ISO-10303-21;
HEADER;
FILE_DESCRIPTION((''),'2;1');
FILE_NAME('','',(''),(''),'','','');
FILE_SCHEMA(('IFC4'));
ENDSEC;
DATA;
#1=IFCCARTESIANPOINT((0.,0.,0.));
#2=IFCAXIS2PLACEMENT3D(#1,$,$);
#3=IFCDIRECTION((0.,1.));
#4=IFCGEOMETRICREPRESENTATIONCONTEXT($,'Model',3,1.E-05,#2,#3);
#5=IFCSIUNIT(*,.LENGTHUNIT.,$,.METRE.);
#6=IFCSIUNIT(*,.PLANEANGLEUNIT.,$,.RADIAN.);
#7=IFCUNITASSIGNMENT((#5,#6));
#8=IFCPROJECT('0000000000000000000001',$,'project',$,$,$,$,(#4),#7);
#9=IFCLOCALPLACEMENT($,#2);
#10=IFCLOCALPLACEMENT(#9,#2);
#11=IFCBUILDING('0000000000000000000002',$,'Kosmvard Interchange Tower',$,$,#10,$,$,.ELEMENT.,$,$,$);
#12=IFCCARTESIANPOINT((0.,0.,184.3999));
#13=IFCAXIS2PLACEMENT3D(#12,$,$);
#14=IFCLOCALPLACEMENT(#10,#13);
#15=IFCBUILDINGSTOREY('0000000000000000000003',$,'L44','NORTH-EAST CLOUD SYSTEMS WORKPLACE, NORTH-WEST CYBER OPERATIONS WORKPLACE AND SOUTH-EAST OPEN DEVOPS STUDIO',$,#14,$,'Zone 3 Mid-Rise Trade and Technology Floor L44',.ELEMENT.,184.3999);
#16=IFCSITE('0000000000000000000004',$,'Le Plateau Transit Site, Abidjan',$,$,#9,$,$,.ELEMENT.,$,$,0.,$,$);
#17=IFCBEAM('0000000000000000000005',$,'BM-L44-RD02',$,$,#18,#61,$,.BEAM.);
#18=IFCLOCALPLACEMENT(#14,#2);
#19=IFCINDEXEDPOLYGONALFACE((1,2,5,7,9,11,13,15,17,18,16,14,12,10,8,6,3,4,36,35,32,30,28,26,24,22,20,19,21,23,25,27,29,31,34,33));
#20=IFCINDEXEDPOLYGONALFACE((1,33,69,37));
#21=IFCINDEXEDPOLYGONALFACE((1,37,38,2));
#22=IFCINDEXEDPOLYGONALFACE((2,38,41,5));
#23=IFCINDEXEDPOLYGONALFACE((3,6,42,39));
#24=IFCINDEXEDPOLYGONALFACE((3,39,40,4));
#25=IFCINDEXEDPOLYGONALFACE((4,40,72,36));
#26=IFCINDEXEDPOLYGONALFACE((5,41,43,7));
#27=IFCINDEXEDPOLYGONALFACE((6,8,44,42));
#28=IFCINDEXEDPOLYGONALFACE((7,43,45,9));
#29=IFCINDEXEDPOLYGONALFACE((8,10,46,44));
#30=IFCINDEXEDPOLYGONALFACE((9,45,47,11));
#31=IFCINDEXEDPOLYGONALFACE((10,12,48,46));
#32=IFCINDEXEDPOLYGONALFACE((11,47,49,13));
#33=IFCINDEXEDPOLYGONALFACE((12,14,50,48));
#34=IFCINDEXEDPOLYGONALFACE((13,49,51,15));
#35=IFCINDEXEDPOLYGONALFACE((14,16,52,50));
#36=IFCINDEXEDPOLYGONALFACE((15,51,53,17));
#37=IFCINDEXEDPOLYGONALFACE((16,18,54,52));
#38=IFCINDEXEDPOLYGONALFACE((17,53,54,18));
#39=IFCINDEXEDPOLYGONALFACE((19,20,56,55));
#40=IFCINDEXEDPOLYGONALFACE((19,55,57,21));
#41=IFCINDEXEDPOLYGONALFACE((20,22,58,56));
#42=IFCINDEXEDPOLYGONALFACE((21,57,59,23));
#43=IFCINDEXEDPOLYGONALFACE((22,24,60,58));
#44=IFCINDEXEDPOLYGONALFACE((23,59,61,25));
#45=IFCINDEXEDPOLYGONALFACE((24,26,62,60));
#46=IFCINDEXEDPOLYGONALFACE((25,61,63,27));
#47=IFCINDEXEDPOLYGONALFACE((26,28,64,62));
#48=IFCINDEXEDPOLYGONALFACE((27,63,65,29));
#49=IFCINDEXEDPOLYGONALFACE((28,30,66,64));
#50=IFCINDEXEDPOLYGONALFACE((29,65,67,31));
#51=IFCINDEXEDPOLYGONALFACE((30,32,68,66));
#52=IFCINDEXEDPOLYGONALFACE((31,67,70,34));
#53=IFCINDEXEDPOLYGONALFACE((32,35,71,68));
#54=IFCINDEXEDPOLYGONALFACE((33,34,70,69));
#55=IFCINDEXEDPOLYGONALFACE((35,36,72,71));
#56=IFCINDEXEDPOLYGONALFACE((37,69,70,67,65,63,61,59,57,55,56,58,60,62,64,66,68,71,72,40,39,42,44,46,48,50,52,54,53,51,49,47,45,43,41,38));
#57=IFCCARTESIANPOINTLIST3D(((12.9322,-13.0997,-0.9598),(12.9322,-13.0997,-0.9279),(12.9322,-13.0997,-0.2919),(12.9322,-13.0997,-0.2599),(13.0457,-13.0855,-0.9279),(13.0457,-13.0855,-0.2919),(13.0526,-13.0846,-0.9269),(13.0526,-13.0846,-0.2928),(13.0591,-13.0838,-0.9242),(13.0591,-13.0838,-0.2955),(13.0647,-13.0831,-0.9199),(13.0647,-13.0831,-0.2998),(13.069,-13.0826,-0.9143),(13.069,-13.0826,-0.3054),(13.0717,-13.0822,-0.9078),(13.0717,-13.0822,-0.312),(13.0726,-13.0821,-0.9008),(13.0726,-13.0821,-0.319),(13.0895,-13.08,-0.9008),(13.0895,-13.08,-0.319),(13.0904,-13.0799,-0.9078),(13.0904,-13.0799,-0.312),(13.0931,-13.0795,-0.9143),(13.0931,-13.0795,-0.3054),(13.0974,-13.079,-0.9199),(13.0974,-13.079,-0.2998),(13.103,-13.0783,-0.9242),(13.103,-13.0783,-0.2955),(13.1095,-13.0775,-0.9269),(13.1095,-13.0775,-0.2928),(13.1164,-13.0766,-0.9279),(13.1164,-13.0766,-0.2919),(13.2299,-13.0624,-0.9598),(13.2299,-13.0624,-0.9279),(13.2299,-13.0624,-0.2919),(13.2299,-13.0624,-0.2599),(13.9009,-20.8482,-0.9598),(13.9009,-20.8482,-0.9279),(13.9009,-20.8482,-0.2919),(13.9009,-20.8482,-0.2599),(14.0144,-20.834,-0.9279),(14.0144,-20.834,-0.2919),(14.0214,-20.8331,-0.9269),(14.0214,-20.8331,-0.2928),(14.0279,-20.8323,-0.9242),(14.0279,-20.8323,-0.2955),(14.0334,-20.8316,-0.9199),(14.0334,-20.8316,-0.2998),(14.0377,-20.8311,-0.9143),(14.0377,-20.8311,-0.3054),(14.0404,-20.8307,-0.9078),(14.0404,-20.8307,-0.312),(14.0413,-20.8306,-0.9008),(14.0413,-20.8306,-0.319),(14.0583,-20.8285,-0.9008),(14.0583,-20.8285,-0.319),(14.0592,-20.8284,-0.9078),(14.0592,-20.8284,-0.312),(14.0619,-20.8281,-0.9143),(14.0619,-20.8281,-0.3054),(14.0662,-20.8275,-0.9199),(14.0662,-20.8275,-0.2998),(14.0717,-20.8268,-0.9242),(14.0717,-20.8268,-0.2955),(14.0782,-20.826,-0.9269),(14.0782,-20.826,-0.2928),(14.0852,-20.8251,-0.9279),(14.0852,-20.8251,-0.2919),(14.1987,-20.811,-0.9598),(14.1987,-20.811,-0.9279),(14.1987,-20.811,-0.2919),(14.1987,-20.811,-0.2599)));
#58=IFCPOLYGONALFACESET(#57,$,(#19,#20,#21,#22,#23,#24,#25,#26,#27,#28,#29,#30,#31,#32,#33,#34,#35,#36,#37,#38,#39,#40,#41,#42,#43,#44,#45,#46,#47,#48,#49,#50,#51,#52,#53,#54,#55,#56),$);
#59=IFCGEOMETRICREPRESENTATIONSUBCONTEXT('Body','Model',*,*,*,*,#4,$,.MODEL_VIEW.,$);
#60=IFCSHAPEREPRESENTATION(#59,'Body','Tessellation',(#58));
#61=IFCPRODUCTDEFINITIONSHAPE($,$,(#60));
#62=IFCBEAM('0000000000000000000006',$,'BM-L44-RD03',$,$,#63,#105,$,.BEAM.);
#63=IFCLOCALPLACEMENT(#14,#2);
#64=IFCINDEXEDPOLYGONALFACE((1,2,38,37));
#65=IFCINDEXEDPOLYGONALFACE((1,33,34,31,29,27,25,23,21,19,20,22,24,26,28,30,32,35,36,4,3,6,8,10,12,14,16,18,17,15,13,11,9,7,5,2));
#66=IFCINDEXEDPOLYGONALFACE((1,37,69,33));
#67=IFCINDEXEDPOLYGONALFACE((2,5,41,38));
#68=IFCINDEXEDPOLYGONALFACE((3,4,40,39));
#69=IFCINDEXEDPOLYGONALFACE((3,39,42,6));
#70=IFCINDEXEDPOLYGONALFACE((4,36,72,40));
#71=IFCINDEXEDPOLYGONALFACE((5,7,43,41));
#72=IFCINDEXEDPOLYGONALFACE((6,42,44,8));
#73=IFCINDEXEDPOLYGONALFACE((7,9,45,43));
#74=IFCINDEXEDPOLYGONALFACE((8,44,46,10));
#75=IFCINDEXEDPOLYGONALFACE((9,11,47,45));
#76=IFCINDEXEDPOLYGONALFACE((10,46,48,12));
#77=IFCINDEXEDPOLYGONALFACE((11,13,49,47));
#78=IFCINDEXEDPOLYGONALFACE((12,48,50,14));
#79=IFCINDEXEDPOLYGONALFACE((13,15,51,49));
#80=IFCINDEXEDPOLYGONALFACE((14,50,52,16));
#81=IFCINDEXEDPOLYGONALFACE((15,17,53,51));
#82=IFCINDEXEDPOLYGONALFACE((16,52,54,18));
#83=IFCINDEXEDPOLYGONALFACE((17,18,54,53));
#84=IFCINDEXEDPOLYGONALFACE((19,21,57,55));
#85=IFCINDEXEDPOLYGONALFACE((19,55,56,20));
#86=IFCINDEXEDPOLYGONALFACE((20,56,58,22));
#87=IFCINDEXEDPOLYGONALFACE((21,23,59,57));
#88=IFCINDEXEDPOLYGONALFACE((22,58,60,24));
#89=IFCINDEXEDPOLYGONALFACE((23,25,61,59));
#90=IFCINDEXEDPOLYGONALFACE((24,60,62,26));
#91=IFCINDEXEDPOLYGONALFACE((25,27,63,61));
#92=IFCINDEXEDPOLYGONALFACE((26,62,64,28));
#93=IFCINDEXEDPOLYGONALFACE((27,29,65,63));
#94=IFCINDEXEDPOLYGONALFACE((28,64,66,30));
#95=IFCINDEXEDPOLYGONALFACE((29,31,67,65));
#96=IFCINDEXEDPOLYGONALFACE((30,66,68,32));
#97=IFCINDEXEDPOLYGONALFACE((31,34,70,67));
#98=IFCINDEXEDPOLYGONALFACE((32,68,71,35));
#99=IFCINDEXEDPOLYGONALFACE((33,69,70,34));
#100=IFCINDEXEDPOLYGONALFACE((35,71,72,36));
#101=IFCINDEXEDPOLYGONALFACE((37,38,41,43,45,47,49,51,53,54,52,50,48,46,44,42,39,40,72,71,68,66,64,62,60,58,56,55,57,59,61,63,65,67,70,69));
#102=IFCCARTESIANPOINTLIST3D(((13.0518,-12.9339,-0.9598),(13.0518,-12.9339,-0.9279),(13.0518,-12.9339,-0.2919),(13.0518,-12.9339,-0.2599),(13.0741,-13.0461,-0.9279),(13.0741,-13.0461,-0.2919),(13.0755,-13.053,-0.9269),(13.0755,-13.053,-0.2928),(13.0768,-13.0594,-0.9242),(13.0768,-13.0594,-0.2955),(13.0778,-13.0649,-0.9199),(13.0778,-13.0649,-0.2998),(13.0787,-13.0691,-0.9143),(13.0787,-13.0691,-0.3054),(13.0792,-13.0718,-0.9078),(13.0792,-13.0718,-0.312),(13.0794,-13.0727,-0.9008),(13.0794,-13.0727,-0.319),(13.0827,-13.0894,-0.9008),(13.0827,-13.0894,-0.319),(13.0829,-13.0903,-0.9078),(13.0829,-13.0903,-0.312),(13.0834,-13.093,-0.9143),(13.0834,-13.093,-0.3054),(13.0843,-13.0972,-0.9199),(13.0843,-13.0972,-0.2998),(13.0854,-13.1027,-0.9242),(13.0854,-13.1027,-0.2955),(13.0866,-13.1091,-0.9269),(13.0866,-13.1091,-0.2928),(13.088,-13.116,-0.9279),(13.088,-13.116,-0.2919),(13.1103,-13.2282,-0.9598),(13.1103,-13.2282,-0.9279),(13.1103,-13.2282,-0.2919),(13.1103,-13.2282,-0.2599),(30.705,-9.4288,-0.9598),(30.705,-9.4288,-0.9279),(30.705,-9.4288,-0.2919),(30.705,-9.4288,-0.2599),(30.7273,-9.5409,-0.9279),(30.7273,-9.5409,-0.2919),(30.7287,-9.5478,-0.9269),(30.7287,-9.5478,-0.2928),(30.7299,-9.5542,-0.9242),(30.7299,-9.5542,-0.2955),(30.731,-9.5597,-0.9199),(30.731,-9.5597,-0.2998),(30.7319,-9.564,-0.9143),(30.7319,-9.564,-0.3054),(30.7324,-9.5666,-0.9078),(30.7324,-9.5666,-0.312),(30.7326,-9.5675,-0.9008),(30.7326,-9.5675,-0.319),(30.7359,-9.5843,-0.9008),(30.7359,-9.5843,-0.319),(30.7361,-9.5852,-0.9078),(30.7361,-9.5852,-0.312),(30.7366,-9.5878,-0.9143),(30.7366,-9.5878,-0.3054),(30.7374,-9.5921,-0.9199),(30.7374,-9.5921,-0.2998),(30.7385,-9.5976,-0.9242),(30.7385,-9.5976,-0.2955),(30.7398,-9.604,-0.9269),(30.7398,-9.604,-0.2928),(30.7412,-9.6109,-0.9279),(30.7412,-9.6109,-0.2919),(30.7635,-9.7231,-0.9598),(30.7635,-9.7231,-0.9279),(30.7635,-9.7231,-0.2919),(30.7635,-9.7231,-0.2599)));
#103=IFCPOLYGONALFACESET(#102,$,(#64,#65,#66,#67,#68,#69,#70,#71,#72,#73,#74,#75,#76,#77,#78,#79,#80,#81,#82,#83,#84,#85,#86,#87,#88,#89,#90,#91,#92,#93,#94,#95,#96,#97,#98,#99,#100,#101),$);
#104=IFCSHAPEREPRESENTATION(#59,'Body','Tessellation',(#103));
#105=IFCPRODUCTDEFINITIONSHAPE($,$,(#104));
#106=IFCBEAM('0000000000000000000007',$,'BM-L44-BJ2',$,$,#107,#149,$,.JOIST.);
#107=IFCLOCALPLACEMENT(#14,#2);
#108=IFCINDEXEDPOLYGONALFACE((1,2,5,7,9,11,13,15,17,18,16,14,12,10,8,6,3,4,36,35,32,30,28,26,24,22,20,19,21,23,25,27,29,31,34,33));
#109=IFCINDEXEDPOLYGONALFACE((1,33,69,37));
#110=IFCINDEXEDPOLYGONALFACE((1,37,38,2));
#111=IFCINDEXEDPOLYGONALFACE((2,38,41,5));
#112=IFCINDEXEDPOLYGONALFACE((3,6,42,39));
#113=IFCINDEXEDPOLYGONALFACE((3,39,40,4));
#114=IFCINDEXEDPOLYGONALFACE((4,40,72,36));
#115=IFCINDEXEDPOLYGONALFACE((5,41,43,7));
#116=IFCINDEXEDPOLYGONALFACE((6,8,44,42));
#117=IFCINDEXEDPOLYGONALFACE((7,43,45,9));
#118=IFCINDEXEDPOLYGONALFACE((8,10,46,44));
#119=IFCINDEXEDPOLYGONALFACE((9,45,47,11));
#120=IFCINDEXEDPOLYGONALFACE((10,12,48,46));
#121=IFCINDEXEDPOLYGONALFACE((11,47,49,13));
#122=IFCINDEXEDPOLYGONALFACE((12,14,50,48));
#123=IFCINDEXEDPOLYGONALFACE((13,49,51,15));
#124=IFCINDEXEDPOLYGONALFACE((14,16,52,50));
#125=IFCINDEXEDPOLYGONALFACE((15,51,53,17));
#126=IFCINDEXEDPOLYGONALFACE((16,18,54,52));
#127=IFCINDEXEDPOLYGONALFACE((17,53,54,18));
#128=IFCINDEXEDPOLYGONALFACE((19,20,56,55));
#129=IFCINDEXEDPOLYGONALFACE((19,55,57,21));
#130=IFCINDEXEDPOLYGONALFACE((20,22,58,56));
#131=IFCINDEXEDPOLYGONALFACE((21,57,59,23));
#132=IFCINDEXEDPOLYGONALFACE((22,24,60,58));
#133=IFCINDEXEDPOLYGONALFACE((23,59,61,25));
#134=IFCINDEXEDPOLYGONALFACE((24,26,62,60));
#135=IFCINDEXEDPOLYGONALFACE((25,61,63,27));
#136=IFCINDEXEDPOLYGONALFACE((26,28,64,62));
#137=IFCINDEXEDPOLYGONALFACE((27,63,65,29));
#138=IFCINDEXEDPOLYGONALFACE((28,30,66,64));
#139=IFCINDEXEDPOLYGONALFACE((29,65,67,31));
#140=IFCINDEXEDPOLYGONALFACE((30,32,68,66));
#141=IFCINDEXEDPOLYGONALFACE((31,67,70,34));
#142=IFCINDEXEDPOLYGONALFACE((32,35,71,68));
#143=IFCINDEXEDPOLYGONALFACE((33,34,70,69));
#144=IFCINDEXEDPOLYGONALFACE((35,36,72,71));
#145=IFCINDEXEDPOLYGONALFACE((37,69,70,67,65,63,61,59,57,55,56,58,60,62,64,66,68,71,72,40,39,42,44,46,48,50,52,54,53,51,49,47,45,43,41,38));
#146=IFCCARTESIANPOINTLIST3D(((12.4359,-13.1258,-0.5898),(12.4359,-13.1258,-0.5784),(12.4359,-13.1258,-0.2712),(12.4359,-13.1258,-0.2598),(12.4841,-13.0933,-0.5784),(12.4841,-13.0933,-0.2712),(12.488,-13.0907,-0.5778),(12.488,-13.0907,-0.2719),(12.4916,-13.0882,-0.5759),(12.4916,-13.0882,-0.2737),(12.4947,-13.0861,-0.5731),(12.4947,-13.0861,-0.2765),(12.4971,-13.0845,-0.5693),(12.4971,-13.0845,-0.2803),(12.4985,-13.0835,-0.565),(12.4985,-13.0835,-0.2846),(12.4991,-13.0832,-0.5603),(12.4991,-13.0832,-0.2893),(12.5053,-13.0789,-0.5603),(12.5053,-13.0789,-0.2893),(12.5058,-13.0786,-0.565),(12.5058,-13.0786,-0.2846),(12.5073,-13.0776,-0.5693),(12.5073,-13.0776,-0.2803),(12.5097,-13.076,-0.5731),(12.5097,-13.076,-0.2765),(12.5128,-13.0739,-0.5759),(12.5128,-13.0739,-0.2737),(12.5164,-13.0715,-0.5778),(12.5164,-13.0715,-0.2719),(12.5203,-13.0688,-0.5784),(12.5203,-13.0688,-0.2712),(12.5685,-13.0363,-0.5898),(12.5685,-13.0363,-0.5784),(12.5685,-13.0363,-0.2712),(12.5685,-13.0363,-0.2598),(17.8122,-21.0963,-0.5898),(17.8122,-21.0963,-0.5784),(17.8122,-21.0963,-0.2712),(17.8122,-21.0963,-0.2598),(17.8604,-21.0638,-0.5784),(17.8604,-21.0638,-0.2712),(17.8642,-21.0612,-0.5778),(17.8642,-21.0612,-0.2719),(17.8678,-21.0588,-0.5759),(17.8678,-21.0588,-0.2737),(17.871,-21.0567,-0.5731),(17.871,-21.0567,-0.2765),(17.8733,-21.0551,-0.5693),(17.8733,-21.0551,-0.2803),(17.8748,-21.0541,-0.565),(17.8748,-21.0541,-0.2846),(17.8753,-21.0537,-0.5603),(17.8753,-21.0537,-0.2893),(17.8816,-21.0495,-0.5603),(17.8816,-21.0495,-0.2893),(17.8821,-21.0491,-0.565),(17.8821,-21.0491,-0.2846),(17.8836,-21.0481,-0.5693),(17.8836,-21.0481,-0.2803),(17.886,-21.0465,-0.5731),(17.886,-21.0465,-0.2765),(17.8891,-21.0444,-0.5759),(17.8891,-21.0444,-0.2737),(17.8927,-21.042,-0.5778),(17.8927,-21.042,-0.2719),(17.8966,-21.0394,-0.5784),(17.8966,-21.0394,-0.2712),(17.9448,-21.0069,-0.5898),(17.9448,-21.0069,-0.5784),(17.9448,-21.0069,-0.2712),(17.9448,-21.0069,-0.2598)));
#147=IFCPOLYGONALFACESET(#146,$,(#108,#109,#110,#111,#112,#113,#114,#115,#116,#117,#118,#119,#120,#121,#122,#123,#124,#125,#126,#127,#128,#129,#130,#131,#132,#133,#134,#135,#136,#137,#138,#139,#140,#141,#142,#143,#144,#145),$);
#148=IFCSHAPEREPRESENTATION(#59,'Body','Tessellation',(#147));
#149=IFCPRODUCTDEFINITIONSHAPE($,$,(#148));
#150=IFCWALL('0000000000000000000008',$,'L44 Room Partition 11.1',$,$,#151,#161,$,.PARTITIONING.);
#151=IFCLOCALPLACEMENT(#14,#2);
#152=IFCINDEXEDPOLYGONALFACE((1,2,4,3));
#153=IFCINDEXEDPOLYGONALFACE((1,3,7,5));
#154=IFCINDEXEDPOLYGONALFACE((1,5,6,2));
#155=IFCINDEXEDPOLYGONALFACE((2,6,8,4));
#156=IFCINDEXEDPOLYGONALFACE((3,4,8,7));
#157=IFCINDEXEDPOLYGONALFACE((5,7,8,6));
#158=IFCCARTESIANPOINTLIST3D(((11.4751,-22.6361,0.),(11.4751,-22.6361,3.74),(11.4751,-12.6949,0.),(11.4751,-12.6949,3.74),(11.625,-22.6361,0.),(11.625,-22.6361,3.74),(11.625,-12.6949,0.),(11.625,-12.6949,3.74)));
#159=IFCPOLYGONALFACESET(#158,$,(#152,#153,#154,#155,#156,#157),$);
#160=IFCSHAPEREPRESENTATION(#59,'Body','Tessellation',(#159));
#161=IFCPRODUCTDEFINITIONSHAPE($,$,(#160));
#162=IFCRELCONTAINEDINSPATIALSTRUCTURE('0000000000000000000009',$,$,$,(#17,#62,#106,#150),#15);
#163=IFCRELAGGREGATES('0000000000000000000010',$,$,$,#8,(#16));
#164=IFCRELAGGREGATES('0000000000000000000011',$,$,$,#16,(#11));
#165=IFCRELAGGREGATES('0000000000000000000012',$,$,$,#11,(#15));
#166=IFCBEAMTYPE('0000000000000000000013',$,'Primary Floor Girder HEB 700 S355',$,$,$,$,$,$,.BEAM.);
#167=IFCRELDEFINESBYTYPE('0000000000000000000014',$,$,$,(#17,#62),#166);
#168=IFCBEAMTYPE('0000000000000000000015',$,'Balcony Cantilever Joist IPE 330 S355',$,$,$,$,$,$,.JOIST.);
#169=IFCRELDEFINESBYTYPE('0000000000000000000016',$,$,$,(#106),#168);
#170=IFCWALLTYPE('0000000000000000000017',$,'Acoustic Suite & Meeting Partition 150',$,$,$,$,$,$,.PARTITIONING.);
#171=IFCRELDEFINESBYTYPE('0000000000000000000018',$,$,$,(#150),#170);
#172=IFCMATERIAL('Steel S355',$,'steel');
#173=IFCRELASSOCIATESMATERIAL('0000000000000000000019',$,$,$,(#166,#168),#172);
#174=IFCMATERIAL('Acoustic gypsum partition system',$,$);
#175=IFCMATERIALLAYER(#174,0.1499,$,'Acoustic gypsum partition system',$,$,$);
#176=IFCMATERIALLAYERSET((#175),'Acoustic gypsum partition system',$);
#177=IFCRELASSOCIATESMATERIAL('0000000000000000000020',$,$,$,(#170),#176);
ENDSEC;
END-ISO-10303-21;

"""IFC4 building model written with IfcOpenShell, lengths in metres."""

from ifc_helpers import new_model, si_unit, direction, frame, frame_2d, origin, origin_2d, place, context, subcontext, project, spatial, rectangle, i_section, extrude, source, transform, mapped, material, layer, layer_set, material_profile, profile_set, type_object, element, save


model = new_model("IFC4")

# Units and contexts
model_context = context("Model", 3, precision=1e-05, world=origin(), true_north=direction((0.0, 1.0)))
body_context = subcontext(model_context, "Body", "Model", "MODEL_VIEW")
ifc_project = project(units=[si_unit("LENGTHUNIT", "METRE"), si_unit("PLANEANGLEUNIT", "RADIAN")], contexts=[model_context])

# Site, building, storey
site_placement = place(None, origin())
site = spatial("IfcSite", under=ifc_project, at=site_placement, Name="Le Plateau Transit Site, Abidjan", CompositionType="ELEMENT", RefElevation=0.0)
building_placement = place(site_placement, origin())
building = spatial("IfcBuilding", under=site, at=building_placement, Name="Kosmvard Interchange Tower", CompositionType="ELEMENT")
storey_placement = place(building_placement, frame((0.0, 0.0, 184.3999)))
storey = spatial("IfcBuildingStorey", under=building, at=storey_placement, Name="L44", Description="NORTH-EAST CLOUD SYSTEMS WORKPLACE, NORTH-WEST CYBER OPERATIONS WORKPLACE AND SOUTH-EAST OPEN DEVOPS STUDIO", LongName="Zone 3 Mid-Rise Trade and Technology Floor L44", CompositionType="ELEMENT", Elevation=184.3999)

# Beams
ifc_material_1 = material(Name="Steel S355", Category="steel")
ifc_material_profile_1 = material_profile(ifc_material_1, i_section(OverallWidth=0.3, OverallDepth=0.7, WebThickness=0.0171, FlangeThickness=0.032, FilletRadius=0.0271, at=origin_2d()), Name="HEB 700")
ifc_profile_set_1 = profile_set([ifc_material_profile_1], Name="Steel S355")
beam_type_1 = type_object("IfcBeamType", Name="Primary Floor Girder HEB 700 S355", PredefinedType="BEAM", material=ifc_profile_set_1)
shared_shape_1 = source(origin(), body_context, "Body", "SweptSolid", [
    extrude(i_section(OverallWidth=0.3, OverallDepth=0.7, WebThickness=0.0171, FlangeThickness=0.032, FilletRadius=0.0271, at=origin_2d()), origin(), (0.0, 0.0, 1.0), 7.8088),
])
beam_1_placement = place(storey_placement, frame((13.0811, -13.0811, -0.6099), z_axis=(0.124058, -0.992275, 0.0), x_axis=(0.992275, 0.124058, 0.0)))
element("IfcBeam", 1, at=beam_1_placement, inside=storey, type_object=beam_type_1, Name="BM-L44-RD02", PredefinedType="BEAM", context=body_context, shape_type="MappedRepresentation", body=[
    mapped(shared_shape_1, transform((0.0, 0.0, 0.0), scale=1.0)),
])
shared_shape_2 = source(origin(), body_context, "Body", "SweptSolid", [
    extrude(i_section(OverallWidth=0.3, OverallDepth=0.7, WebThickness=0.0171, FlangeThickness=0.032, FilletRadius=0.0271, at=origin_2d()), origin(), (0.0, 0.0, 1.0), 17.9978),
])
beam_2_placement = place(storey_placement, frame((13.0811, -13.0811, -0.6099), z_axis=(0.980852, 0.194754, 0.0), x_axis=(-0.194754, 0.980852, 0.0)))
element("IfcBeam", 2, at=beam_2_placement, inside=storey, type_object=beam_type_1, Name="BM-L44-RD03", PredefinedType="BEAM", context=body_context, shape_type="MappedRepresentation", body=[
    mapped(shared_shape_2, transform((0.0, 0.0, 0.0), scale=1.0)),
])
ifc_material_profile_2 = material_profile(ifc_material_1, i_section(OverallWidth=0.1599, OverallDepth=0.3301, WebThickness=0.0076, FlangeThickness=0.0115, FilletRadius=0.0181, at=origin_2d()), Name="IPE 330")
ifc_profile_set_2 = profile_set([ifc_material_profile_2], Name="Steel S355")
beam_type_2 = type_object("IfcBeamType", Name="Balcony Cantilever Joist IPE 330 S355", PredefinedType="JOIST", material=ifc_profile_set_2)
shared_shape_3 = source(origin(), body_context, "Body", "SweptSolid", [
    extrude(i_section(OverallWidth=0.1599, OverallDepth=0.3301, WebThickness=0.0076, FlangeThickness=0.0115, FilletRadius=0.0181, at=origin_2d()), origin(), (0.0, 0.0, 1.0), 9.6143),
])
beam_3_placement = place(storey_placement, frame((12.5022, -13.0811, -0.4248), z_axis=(0.559198, -0.829034, 0.0), x_axis=(0.829034, 0.559198, 0.0)))
element("IfcBeam", 3, at=beam_3_placement, inside=storey, type_object=beam_type_2, Name="BM-L44-BJ2", PredefinedType="JOIST", context=body_context, shape_type="MappedRepresentation", body=[
    mapped(shared_shape_3, transform((0.0, 0.0, 0.0), scale=1.0)),
])

# Wall
ifc_material_2 = material(Name="Acoustic gypsum partition system")
ifc_layer_1 = layer(ifc_material_2, 0.1499, Name="Acoustic gypsum partition system")
ifc_layer_set_1 = layer_set([ifc_layer_1], Name="Acoustic gypsum partition system")
wall_type_1 = type_object("IfcWallType", Name="Acoustic Suite & Meeting Partition 150", PredefinedType="PARTITIONING", material=ifc_layer_set_1)
wall_1_placement = place(storey_placement, frame((11.55, -22.6362, 0.0), z_axis=(0.0, 0.0, 1.0), x_axis=(0.0, 1.0, 0.0)))
element("IfcWall", 4, at=wall_1_placement, inside=storey, type_object=wall_type_1, Name="L44 Room Partition 11.1", PredefinedType="PARTITIONING", context=body_context, shape_type="SweptSolid", body=[
    extrude(rectangle(XDim=9.9412, YDim=0.1499, at=frame_2d((4.9707, 0.0))), origin(), (0.0, 0.0, 1.0), 3.74),
])

save(model, "model.ifc")
